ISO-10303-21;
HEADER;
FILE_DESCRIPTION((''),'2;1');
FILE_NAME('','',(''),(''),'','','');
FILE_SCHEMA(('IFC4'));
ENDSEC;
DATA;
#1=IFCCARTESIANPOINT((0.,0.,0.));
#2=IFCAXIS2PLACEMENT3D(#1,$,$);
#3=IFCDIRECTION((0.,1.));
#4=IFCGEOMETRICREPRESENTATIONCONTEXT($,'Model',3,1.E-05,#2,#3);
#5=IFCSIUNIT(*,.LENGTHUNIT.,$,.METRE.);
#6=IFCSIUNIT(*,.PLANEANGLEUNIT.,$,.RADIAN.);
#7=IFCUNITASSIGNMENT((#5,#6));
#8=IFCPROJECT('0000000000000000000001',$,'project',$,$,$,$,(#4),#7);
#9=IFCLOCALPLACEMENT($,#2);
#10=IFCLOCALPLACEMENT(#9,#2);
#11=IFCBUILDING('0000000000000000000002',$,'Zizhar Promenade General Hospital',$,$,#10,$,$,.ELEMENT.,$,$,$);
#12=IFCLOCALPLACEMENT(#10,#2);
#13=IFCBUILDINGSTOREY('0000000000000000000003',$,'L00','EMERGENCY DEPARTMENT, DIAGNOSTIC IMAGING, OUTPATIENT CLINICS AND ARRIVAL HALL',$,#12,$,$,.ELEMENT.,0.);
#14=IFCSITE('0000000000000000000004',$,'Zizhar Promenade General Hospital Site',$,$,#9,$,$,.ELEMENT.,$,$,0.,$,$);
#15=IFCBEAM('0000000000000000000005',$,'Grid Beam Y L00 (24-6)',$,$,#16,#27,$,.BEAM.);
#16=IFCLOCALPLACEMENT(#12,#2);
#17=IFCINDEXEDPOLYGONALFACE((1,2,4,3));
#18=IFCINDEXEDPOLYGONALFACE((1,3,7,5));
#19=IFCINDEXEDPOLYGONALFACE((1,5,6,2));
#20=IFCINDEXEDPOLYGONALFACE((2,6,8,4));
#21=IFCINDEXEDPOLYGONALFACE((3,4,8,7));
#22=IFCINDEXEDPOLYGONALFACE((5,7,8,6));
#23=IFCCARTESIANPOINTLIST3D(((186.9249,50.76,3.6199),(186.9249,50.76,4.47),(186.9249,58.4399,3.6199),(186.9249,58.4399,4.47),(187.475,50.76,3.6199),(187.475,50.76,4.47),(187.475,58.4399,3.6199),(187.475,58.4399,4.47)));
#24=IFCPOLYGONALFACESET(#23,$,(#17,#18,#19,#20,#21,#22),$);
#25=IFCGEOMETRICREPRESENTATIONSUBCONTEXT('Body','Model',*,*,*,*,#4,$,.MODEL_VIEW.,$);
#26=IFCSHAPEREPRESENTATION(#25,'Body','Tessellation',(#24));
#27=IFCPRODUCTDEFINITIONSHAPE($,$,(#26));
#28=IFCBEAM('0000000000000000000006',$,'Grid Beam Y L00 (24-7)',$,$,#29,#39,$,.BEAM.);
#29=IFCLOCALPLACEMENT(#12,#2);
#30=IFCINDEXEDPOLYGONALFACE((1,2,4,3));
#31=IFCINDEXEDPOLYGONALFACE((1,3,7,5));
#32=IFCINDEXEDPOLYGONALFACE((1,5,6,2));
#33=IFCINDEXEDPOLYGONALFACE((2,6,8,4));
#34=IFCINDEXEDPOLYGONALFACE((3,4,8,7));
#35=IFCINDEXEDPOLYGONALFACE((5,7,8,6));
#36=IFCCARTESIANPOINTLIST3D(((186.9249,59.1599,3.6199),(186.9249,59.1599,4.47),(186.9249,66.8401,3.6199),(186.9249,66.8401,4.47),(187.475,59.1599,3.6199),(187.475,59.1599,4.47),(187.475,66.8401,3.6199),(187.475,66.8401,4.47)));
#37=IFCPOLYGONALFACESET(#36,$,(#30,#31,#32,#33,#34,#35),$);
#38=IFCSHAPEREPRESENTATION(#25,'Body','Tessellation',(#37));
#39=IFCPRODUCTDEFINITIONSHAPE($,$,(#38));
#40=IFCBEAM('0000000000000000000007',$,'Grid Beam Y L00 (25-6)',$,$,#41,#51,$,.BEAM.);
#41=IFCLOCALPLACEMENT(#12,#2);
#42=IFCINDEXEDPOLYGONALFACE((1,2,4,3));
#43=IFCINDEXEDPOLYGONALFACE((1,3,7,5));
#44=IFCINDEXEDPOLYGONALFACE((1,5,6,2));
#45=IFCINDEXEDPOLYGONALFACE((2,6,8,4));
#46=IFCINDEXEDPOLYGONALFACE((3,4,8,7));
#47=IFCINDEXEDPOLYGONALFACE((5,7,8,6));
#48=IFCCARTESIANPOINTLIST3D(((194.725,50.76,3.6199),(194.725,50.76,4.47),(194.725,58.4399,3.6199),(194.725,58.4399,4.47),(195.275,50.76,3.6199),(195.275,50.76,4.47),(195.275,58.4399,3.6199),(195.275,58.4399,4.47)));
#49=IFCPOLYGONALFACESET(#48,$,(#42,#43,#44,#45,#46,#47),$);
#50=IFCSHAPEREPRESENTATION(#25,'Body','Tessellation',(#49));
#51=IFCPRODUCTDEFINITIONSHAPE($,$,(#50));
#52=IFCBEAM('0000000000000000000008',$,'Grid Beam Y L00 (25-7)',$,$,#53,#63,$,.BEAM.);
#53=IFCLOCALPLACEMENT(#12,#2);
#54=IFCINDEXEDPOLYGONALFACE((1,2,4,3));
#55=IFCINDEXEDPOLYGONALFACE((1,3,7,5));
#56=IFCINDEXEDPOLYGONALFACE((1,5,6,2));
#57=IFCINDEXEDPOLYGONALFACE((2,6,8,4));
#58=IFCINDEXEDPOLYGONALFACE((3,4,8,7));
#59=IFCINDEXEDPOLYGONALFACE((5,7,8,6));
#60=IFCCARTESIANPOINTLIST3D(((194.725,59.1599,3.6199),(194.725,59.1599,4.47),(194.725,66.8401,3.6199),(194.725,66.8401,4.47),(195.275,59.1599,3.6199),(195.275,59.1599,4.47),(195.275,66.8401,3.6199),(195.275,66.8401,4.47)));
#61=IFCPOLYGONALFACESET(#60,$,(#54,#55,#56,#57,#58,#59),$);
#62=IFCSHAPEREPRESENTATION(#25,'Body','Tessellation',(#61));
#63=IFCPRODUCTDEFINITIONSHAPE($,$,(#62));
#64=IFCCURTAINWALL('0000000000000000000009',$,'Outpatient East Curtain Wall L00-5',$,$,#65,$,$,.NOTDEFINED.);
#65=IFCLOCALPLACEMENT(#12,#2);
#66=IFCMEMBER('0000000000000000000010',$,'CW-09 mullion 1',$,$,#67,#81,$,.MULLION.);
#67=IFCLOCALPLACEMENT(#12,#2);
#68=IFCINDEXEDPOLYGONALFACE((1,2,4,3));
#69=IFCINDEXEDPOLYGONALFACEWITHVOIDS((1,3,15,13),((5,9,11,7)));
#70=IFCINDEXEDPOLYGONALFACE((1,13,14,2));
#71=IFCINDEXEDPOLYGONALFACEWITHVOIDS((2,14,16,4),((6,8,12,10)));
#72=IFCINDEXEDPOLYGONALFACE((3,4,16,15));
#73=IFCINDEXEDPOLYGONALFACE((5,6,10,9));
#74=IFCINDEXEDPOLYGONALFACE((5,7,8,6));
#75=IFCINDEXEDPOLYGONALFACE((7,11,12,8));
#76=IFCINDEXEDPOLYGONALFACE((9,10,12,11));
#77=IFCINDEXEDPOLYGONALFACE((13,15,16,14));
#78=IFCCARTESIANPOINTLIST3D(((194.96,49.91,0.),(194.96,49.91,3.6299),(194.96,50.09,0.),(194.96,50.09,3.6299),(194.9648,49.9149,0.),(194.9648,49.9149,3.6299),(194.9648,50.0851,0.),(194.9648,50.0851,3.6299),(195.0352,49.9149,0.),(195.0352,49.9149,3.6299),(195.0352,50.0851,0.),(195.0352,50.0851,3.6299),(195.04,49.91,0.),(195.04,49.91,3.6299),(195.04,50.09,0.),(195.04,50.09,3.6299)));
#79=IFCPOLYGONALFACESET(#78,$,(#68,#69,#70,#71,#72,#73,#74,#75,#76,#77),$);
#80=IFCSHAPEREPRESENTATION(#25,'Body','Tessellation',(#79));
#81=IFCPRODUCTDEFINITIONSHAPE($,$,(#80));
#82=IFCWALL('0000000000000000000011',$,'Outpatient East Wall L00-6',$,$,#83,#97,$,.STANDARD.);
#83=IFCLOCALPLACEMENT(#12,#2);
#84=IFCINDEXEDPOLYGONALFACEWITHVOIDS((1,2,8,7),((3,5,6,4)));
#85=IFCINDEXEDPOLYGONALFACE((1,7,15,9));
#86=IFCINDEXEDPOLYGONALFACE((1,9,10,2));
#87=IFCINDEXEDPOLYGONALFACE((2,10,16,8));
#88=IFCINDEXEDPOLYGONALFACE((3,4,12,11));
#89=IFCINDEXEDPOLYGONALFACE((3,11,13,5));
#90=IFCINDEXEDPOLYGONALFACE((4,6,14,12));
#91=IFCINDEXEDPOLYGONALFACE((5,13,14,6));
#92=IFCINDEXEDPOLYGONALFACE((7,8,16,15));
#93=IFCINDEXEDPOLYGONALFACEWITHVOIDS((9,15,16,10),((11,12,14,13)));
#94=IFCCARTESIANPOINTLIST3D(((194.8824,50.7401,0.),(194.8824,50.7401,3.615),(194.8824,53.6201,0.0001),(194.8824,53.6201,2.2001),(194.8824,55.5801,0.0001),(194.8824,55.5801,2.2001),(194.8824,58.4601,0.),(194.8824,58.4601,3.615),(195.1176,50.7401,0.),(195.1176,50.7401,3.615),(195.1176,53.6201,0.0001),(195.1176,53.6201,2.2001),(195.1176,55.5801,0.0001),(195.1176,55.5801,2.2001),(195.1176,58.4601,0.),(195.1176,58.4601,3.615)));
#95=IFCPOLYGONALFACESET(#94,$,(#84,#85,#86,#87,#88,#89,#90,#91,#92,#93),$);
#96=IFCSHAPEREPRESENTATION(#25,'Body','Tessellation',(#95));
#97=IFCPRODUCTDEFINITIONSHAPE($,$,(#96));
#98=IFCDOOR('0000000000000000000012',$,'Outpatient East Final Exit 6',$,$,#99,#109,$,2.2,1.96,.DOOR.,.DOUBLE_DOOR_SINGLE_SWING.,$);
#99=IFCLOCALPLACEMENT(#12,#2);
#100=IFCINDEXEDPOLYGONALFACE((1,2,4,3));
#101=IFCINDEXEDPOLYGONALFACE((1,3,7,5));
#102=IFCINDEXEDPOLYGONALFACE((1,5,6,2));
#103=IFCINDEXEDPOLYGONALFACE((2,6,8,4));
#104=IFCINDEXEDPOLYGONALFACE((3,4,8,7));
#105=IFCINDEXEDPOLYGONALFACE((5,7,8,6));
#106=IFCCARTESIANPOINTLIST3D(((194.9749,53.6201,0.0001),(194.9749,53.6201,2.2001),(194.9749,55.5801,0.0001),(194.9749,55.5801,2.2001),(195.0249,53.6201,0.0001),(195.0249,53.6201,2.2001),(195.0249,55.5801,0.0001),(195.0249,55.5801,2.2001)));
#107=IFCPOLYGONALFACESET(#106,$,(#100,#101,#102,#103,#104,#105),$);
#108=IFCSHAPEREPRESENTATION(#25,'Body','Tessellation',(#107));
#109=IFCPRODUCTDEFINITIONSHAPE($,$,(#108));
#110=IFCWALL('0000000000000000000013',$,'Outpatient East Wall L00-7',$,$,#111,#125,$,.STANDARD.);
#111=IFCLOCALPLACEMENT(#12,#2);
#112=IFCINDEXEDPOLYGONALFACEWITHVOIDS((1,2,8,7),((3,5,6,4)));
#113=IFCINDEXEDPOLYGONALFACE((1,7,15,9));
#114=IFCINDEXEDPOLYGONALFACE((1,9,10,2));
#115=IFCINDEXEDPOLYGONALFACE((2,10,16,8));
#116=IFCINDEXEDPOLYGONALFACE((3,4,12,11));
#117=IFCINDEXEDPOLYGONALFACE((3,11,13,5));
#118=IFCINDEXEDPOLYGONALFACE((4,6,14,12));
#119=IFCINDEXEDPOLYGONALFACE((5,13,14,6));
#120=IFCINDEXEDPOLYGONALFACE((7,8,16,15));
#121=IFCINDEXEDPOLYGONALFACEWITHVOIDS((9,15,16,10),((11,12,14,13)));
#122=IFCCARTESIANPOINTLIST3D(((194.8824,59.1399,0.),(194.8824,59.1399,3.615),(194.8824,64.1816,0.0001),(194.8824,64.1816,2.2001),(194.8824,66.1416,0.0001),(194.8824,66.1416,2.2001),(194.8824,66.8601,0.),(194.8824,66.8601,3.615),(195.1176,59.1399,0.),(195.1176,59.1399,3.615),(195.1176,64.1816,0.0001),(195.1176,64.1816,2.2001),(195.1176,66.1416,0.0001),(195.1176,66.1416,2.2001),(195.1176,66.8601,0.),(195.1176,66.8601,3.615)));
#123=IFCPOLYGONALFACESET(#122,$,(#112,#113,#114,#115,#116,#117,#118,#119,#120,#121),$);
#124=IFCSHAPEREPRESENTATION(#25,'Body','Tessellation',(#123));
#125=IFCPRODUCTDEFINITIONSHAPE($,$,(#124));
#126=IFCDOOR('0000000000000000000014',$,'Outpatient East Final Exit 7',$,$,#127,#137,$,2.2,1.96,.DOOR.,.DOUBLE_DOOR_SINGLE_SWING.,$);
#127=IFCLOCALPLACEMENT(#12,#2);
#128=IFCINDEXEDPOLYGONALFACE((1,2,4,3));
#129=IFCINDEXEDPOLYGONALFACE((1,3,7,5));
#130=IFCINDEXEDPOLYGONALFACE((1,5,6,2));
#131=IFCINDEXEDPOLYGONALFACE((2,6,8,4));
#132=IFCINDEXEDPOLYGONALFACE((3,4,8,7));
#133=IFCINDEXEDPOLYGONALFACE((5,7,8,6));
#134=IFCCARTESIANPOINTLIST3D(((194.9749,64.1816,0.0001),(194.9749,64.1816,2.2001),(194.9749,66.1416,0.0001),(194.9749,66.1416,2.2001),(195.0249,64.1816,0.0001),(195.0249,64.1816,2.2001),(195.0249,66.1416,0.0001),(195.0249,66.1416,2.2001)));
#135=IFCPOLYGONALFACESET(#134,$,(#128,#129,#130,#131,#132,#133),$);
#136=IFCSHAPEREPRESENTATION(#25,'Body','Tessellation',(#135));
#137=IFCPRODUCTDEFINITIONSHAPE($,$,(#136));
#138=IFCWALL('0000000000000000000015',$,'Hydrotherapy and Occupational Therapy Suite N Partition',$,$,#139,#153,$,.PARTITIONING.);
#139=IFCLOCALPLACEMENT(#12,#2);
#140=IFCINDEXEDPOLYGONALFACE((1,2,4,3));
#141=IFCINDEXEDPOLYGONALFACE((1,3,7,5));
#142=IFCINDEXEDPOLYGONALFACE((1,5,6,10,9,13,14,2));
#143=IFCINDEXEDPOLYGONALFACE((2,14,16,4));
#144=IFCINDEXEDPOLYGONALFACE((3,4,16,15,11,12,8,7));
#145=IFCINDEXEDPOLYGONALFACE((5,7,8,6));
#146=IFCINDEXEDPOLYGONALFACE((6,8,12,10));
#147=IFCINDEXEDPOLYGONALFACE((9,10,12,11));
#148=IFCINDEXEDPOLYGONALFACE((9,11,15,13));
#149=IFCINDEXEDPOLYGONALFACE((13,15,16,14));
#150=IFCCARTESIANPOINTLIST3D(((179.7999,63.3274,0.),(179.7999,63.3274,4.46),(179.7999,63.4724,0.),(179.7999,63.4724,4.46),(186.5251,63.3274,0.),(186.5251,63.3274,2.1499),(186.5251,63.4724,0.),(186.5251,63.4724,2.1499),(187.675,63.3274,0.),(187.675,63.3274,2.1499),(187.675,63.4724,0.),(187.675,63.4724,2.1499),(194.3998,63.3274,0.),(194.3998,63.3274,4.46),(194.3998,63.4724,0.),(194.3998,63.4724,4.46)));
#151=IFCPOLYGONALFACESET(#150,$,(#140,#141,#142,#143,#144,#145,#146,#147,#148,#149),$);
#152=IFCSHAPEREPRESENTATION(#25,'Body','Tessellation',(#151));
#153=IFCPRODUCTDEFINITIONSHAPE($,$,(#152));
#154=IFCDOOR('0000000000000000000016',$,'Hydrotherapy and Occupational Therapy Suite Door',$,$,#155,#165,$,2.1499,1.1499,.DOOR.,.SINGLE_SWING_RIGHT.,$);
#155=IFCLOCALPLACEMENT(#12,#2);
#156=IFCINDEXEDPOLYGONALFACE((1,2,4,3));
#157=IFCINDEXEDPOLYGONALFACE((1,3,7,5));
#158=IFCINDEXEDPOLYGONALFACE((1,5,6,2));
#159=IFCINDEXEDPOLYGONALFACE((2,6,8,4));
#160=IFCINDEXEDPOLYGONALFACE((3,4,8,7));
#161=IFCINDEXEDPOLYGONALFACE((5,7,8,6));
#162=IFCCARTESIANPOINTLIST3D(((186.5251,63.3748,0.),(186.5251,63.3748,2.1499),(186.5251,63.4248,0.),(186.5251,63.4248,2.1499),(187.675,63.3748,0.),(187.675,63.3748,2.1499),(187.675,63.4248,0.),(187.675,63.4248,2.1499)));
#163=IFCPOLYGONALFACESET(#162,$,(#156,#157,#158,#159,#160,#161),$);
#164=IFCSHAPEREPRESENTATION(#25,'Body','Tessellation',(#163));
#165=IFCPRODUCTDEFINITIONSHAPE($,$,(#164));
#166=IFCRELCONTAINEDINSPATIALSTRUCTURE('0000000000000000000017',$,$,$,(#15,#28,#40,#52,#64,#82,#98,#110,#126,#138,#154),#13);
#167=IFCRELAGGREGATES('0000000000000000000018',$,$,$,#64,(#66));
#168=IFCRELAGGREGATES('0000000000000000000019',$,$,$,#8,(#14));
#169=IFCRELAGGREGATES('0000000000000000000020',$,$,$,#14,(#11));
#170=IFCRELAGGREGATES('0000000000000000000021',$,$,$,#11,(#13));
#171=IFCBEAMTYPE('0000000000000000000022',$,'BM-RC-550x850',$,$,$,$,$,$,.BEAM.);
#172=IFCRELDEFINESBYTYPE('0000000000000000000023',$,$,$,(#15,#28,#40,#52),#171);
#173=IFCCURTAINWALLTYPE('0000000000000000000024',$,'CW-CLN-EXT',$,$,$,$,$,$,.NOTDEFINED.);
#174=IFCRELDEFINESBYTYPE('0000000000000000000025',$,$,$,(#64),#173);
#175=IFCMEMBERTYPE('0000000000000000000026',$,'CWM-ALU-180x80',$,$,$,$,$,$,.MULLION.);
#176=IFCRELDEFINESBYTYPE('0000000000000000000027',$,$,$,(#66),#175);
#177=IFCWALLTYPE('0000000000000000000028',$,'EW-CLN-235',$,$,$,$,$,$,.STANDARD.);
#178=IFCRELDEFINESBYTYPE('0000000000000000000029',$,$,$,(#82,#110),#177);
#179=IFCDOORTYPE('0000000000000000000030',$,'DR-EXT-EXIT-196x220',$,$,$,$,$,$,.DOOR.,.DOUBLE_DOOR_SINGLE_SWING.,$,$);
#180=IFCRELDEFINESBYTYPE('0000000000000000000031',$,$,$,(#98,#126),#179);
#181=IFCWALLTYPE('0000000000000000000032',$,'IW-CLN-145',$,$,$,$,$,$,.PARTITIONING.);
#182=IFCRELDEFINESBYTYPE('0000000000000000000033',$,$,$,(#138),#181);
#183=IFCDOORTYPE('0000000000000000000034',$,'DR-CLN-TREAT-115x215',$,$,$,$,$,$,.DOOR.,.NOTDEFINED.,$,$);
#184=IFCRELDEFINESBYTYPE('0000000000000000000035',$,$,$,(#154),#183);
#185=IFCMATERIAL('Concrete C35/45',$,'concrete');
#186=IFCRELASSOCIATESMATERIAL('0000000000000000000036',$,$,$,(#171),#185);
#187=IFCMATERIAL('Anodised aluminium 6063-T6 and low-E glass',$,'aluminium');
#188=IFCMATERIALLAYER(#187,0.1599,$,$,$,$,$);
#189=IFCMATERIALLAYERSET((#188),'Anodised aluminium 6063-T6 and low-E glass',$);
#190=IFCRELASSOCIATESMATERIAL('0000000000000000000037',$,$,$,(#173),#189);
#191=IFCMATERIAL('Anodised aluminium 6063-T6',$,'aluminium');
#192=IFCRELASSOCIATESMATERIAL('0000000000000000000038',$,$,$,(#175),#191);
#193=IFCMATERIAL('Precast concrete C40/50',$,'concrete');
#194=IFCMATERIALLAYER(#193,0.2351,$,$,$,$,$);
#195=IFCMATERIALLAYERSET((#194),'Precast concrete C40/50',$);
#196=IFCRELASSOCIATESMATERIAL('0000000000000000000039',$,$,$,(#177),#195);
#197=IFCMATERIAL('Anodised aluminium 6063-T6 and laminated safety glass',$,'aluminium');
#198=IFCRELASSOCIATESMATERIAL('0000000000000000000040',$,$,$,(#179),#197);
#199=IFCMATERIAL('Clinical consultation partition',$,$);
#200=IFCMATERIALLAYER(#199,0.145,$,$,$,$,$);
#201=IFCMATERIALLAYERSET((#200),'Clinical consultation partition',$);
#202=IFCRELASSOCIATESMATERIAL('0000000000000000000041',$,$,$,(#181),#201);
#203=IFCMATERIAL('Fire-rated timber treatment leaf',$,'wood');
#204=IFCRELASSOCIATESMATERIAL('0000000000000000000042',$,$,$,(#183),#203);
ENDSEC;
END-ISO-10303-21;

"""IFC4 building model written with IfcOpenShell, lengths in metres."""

from ifc_helpers import new_model, si_unit, direction, frame, frame_2d, origin, origin_2d, place, context, subcontext, project, spatial, rectangle, hollow_rectangle, extrude, material, layer, layer_set, material_profile, profile_set, type_object, element, fill, aggregate, save


model = new_model("IFC4")

# Units and contexts
model_context = context("Model", 3, precision=1e-05, world=origin(), true_north=direction((0.0, 1.0)))
body_context = subcontext(model_context, "Body", "Model", "MODEL_VIEW")
ifc_project = project(units=[si_unit("LENGTHUNIT", "METRE"), si_unit("PLANEANGLEUNIT", "RADIAN")], contexts=[model_context])

# Site, building, storey
site_placement = place(None, origin())
site = spatial("IfcSite", under=ifc_project, at=site_placement, Name="Zizhar Promenade General Hospital Site", CompositionType="ELEMENT", RefElevation=0.0)
building_placement = place(site_placement, origin())
building = spatial("IfcBuilding", under=site, at=building_placement, Name="Zizhar Promenade General Hospital", CompositionType="ELEMENT")
storey_placement = place(building_placement, origin())
storey = spatial("IfcBuildingStorey", under=building, at=storey_placement, Name="L00", Description="EMERGENCY DEPARTMENT, DIAGNOSTIC IMAGING, OUTPATIENT CLINICS AND ARRIVAL HALL", CompositionType="ELEMENT", Elevation=0.0)

# Beams
ifc_material_1 = material(Name="Concrete C35/45", Category="concrete")
ifc_material_profile_1 = material_profile(ifc_material_1, rectangle(XDim=0.55, YDim=0.8501, at=origin_2d()))
ifc_profile_set_1 = profile_set([ifc_material_profile_1], Name="Concrete C35/45")
beam_type_1 = type_object("IfcBeamType", Name="BM-RC-550x850", PredefinedType="BEAM", material=ifc_profile_set_1)
beam_1_placement = place(storey_placement, frame((187.2, 50.76, 4.0449), z_axis=(0.0, 1.0, 0.0), x_axis=(-1.0, 0.0, 0.0)))
element("IfcBeam", 1, at=beam_1_placement, inside=storey, type_object=beam_type_1, Name="Grid Beam Y L00 (24-6)", PredefinedType="BEAM", context=body_context, shape_type="SweptSolid", body=[
    extrude(rectangle(XDim=0.55, YDim=0.8501, at=origin_2d()), origin(), (0.0, 0.0, 1.0), 7.6799),
])
beam_2_placement = place(storey_placement, frame((187.2, 59.1599, 4.0449), z_axis=(0.0, 1.0, 0.0), x_axis=(-1.0, 0.0, 0.0)))
element("IfcBeam", 2, at=beam_2_placement, inside=storey, type_object=beam_type_1, Name="Grid Beam Y L00 (24-7)", PredefinedType="BEAM", context=body_context, shape_type="SweptSolid", body=[
    extrude(rectangle(XDim=0.55, YDim=0.8501, at=origin_2d()), origin(), (0.0, 0.0, 1.0), 7.6802),
])
beam_3_placement = place(storey_placement, frame((195.0, 50.76, 4.0449), z_axis=(0.0, 1.0, 0.0), x_axis=(-1.0, 0.0, 0.0)))
element("IfcBeam", 3, at=beam_3_placement, inside=storey, type_object=beam_type_1, Name="Grid Beam Y L00 (25-6)", PredefinedType="BEAM", context=body_context, shape_type="SweptSolid", body=[
    extrude(rectangle(XDim=0.55, YDim=0.8501, at=origin_2d()), origin(), (0.0, 0.0, 1.0), 7.6799),
])
beam_4_placement = place(storey_placement, frame((195.0, 59.1599, 4.0449), z_axis=(0.0, 1.0, 0.0), x_axis=(-1.0, 0.0, 0.0)))
element("IfcBeam", 4, at=beam_4_placement, inside=storey, type_object=beam_type_1, Name="Grid Beam Y L00 (25-7)", PredefinedType="BEAM", context=body_context, shape_type="SweptSolid", body=[
    extrude(rectangle(XDim=0.55, YDim=0.8501, at=origin_2d()), origin(), (0.0, 0.0, 1.0), 7.6802),
])

# Curtain wall, member
ifc_material_2 = material(Name="Anodised aluminium 6063-T6 and low-E glass", Category="aluminium")
ifc_layer_1 = layer(ifc_material_2, 0.1599)
ifc_layer_set_1 = layer_set([ifc_layer_1], Name="Anodised aluminium 6063-T6 and low-E glass")
curtain_wall_type = type_object("IfcCurtainWallType", Name="CW-CLN-EXT", PredefinedType="NOTDEFINED", material=ifc_layer_set_1)
curtain_wall_placement = place(storey_placement, origin())
curtain_wall = element("IfcCurtainWall", 5, at=curtain_wall_placement, inside=storey, type_object=curtain_wall_type, Name="Outpatient East Curtain Wall L00-5", PredefinedType="NOTDEFINED")
ifc_material_3 = material(Name="Anodised aluminium 6063-T6", Category="aluminium")
ifc_material_profile_2 = material_profile(ifc_material_3, hollow_rectangle(XDim=0.0801, YDim=0.1799, WallThickness=0.0049, at=origin_2d()))
ifc_profile_set_2 = profile_set([ifc_material_profile_2], Name="Anodised aluminium 6063-T6")
member_type = type_object("IfcMemberType", Name="CWM-ALU-180x80", PredefinedType="MULLION", material=ifc_profile_set_2)
member_placement = place(storey_placement, frame((195.0, 50.0, 0.0), z_axis=(0.0, 0.0, 1.0), x_axis=(1.0, 0.0, 0.0)))
member = element("IfcMember", 6, at=member_placement, type_object=member_type, Name="CW-09 mullion 1", PredefinedType="MULLION", context=body_context, shape_type="SweptSolid", body=[
    extrude(hollow_rectangle(XDim=0.0801, YDim=0.1799, WallThickness=0.0049, at=origin_2d()), origin(), (0.0, 0.0, 1.0), 3.6299),
])
aggregate(curtain_wall, [member])

# Walls, openings, doors
ifc_material_4 = material(Name="Precast concrete C40/50", Category="concrete")
ifc_layer_2 = layer(ifc_material_4, 0.2351)
ifc_layer_set_2 = layer_set([ifc_layer_2], Name="Precast concrete C40/50")
wall_type_1 = type_object("IfcWallType", Name="EW-CLN-235", PredefinedType="STANDARD", material=ifc_layer_set_2)
wall_1_placement = place(storey_placement, frame((195.0, 58.46, 0.0), z_axis=(0.0, 0.0, 1.0), x_axis=(0.0, -1.0, 0.0)))
wall_1 = element("IfcWall", 7, at=wall_1_placement, inside=storey, type_object=wall_type_1, Name="Outpatient East Wall L00-6", PredefinedType="STANDARD", context=body_context, shape_type="SweptSolid", body=[
    extrude(rectangle(XDim=7.72, YDim=0.2351, at=frame_2d((3.8599, 0.0))), origin(), (0.0, 0.0, 1.0), 3.615),
])
opening_1_placement = place(wall_1_placement, frame((2.8799, 0.0, 0.0)))
opening_1 = element("IfcOpeningElement", 8, at=opening_1_placement, cuts=wall_1, PredefinedType="OPENING", context=body_context, shape_type="SweptSolid", body=[
    extrude(rectangle(XDim=1.96, YDim=2.2, at=frame_2d((0.98, 1.1001))), frame((0.0, 0.1274, 0.0), z_axis=(0.0, -1.0, 0.0), x_axis=(1.0, 0.0, 0.0)), (0.0, 0.0, 1.0), 0.2551),
])
ifc_material_5 = material(Name="Anodised aluminium 6063-T6 and laminated safety glass", Category="aluminium")
door_type_1 = type_object("IfcDoorType", Name="DR-EXT-EXIT-196x220", OperationType="DOUBLE_DOOR_SINGLE_SWING", PredefinedType="DOOR", material=ifc_material_5)
door_1_placement = place(opening_1_placement, origin())
door_1 = element("IfcDoor", 9, at=door_1_placement, inside=storey, type_object=door_type_1, Name="Outpatient East Final Exit 6", OperationType="DOUBLE_DOOR_SINGLE_SWING", OverallHeight=2.2, OverallWidth=1.96, PredefinedType="DOOR", context=body_context, shape_type="SweptSolid", body=[
    extrude(rectangle(XDim=1.96, YDim=2.2, at=frame_2d((0.98, 1.1001))), frame((0.0, 0.0249, 0.0), z_axis=(0.0, -1.0, 0.0), x_axis=(1.0, 0.0, 0.0)), (0.0, 0.0, 1.0), 0.05),
])
fill(opening_1, door_1)
wall_2_placement = place(storey_placement, frame((195.0, 66.8601, 0.0), z_axis=(0.0, 0.0, 1.0), x_axis=(0.0, -1.0, 0.0)))
wall_2 = element("IfcWall", 10, at=wall_2_placement, inside=storey, type_object=wall_type_1, Name="Outpatient East Wall L00-7", PredefinedType="STANDARD", context=body_context, shape_type="SweptSolid", body=[
    extrude(rectangle(XDim=7.7202, YDim=0.2351, at=frame_2d((3.8601, 0.0))), origin(), (0.0, 0.0, 1.0), 3.615),
])
opening_2_placement = place(wall_2_placement, frame((0.7185, 0.0, 0.0)))
opening_2 = element("IfcOpeningElement", 11, at=opening_2_placement, cuts=wall_2, PredefinedType="OPENING", context=body_context, shape_type="SweptSolid", body=[
    extrude(rectangle(XDim=1.96, YDim=2.2, at=frame_2d((0.98, 1.1001))), frame((0.0, 0.1274, 0.0), z_axis=(0.0, -1.0, 0.0), x_axis=(1.0, 0.0, 0.0)), (0.0, 0.0, 1.0), 0.2551),
])
door_2_placement = place(opening_2_placement, origin())
door_2 = element("IfcDoor", 12, at=door_2_placement, inside=storey, type_object=door_type_1, Name="Outpatient East Final Exit 7", OperationType="DOUBLE_DOOR_SINGLE_SWING", OverallHeight=2.2, OverallWidth=1.96, PredefinedType="DOOR", context=body_context, shape_type="SweptSolid", body=[
    extrude(rectangle(XDim=1.96, YDim=2.2, at=frame_2d((0.98, 1.1001))), frame((0.0, 0.0249, 0.0), z_axis=(0.0, -1.0, 0.0), x_axis=(1.0, 0.0, 0.0)), (0.0, 0.0, 1.0), 0.05),
])
fill(opening_2, door_2)
ifc_material_6 = material(Name="Clinical consultation partition")
ifc_layer_3 = layer(ifc_material_6, 0.145)
ifc_layer_set_3 = layer_set([ifc_layer_3], Name="Clinical consultation partition")
wall_type_2 = type_object("IfcWallType", Name="IW-CLN-145", PredefinedType="PARTITIONING", material=ifc_layer_set_3)
wall_3_placement = place(storey_placement, frame((179.8, 63.3999, 0.0), z_axis=(0.0, 0.0, 1.0), x_axis=(1.0, 0.0, 0.0)))
wall_3 = element("IfcWall", 13, at=wall_3_placement, inside=storey, type_object=wall_type_2, Name="Hydrotherapy and Occupational Therapy Suite N Partition", PredefinedType="PARTITIONING", context=body_context, shape_type="SweptSolid", body=[
    extrude(rectangle(XDim=14.5999, YDim=0.145, at=frame_2d((7.2998, 0.0))), origin(), (0.0, 0.0, 1.0), 4.46),
])
opening_3_placement = place(wall_3_placement, frame((6.7251, 0.0, 0.0)))
opening_3 = element("IfcOpeningElement", 14, at=opening_3_placement, cuts=wall_3, PredefinedType="OPENING", context=body_context, shape_type="SweptSolid", body=[
    extrude(rectangle(XDim=1.1499, YDim=2.1499, at=frame_2d((0.575, 1.075))), frame((0.0, 0.0825, 0.0), z_axis=(0.0, -1.0, 0.0), x_axis=(1.0, 0.0, 0.0)), (0.0, 0.0, 1.0), 0.165),
])
ifc_material_7 = material(Name="Fire-rated timber treatment leaf", Category="wood")
door_type_2 = type_object("IfcDoorType", Name="DR-CLN-TREAT-115x215", OperationType="NOTDEFINED", PredefinedType="DOOR", material=ifc_material_7)
door_3_placement = place(opening_3_placement, origin())
door_3 = element("IfcDoor", 15, at=door_3_placement, inside=storey, type_object=door_type_2, Name="Hydrotherapy and Occupational Therapy Suite Door", OperationType="SINGLE_SWING_RIGHT", OverallHeight=2.1499, OverallWidth=1.1499, PredefinedType="DOOR", context=body_context, shape_type="SweptSolid", body=[
    extrude(rectangle(XDim=1.1499, YDim=2.1499, at=frame_2d((0.575, 1.075))), frame((0.0, 0.0249, 0.0), z_axis=(0.0, -1.0, 0.0), x_axis=(1.0, 0.0, 0.0)), (0.0, 0.0, 1.0), 0.05),
])
fill(opening_3, door_3)

save(model, "model.ifc")
